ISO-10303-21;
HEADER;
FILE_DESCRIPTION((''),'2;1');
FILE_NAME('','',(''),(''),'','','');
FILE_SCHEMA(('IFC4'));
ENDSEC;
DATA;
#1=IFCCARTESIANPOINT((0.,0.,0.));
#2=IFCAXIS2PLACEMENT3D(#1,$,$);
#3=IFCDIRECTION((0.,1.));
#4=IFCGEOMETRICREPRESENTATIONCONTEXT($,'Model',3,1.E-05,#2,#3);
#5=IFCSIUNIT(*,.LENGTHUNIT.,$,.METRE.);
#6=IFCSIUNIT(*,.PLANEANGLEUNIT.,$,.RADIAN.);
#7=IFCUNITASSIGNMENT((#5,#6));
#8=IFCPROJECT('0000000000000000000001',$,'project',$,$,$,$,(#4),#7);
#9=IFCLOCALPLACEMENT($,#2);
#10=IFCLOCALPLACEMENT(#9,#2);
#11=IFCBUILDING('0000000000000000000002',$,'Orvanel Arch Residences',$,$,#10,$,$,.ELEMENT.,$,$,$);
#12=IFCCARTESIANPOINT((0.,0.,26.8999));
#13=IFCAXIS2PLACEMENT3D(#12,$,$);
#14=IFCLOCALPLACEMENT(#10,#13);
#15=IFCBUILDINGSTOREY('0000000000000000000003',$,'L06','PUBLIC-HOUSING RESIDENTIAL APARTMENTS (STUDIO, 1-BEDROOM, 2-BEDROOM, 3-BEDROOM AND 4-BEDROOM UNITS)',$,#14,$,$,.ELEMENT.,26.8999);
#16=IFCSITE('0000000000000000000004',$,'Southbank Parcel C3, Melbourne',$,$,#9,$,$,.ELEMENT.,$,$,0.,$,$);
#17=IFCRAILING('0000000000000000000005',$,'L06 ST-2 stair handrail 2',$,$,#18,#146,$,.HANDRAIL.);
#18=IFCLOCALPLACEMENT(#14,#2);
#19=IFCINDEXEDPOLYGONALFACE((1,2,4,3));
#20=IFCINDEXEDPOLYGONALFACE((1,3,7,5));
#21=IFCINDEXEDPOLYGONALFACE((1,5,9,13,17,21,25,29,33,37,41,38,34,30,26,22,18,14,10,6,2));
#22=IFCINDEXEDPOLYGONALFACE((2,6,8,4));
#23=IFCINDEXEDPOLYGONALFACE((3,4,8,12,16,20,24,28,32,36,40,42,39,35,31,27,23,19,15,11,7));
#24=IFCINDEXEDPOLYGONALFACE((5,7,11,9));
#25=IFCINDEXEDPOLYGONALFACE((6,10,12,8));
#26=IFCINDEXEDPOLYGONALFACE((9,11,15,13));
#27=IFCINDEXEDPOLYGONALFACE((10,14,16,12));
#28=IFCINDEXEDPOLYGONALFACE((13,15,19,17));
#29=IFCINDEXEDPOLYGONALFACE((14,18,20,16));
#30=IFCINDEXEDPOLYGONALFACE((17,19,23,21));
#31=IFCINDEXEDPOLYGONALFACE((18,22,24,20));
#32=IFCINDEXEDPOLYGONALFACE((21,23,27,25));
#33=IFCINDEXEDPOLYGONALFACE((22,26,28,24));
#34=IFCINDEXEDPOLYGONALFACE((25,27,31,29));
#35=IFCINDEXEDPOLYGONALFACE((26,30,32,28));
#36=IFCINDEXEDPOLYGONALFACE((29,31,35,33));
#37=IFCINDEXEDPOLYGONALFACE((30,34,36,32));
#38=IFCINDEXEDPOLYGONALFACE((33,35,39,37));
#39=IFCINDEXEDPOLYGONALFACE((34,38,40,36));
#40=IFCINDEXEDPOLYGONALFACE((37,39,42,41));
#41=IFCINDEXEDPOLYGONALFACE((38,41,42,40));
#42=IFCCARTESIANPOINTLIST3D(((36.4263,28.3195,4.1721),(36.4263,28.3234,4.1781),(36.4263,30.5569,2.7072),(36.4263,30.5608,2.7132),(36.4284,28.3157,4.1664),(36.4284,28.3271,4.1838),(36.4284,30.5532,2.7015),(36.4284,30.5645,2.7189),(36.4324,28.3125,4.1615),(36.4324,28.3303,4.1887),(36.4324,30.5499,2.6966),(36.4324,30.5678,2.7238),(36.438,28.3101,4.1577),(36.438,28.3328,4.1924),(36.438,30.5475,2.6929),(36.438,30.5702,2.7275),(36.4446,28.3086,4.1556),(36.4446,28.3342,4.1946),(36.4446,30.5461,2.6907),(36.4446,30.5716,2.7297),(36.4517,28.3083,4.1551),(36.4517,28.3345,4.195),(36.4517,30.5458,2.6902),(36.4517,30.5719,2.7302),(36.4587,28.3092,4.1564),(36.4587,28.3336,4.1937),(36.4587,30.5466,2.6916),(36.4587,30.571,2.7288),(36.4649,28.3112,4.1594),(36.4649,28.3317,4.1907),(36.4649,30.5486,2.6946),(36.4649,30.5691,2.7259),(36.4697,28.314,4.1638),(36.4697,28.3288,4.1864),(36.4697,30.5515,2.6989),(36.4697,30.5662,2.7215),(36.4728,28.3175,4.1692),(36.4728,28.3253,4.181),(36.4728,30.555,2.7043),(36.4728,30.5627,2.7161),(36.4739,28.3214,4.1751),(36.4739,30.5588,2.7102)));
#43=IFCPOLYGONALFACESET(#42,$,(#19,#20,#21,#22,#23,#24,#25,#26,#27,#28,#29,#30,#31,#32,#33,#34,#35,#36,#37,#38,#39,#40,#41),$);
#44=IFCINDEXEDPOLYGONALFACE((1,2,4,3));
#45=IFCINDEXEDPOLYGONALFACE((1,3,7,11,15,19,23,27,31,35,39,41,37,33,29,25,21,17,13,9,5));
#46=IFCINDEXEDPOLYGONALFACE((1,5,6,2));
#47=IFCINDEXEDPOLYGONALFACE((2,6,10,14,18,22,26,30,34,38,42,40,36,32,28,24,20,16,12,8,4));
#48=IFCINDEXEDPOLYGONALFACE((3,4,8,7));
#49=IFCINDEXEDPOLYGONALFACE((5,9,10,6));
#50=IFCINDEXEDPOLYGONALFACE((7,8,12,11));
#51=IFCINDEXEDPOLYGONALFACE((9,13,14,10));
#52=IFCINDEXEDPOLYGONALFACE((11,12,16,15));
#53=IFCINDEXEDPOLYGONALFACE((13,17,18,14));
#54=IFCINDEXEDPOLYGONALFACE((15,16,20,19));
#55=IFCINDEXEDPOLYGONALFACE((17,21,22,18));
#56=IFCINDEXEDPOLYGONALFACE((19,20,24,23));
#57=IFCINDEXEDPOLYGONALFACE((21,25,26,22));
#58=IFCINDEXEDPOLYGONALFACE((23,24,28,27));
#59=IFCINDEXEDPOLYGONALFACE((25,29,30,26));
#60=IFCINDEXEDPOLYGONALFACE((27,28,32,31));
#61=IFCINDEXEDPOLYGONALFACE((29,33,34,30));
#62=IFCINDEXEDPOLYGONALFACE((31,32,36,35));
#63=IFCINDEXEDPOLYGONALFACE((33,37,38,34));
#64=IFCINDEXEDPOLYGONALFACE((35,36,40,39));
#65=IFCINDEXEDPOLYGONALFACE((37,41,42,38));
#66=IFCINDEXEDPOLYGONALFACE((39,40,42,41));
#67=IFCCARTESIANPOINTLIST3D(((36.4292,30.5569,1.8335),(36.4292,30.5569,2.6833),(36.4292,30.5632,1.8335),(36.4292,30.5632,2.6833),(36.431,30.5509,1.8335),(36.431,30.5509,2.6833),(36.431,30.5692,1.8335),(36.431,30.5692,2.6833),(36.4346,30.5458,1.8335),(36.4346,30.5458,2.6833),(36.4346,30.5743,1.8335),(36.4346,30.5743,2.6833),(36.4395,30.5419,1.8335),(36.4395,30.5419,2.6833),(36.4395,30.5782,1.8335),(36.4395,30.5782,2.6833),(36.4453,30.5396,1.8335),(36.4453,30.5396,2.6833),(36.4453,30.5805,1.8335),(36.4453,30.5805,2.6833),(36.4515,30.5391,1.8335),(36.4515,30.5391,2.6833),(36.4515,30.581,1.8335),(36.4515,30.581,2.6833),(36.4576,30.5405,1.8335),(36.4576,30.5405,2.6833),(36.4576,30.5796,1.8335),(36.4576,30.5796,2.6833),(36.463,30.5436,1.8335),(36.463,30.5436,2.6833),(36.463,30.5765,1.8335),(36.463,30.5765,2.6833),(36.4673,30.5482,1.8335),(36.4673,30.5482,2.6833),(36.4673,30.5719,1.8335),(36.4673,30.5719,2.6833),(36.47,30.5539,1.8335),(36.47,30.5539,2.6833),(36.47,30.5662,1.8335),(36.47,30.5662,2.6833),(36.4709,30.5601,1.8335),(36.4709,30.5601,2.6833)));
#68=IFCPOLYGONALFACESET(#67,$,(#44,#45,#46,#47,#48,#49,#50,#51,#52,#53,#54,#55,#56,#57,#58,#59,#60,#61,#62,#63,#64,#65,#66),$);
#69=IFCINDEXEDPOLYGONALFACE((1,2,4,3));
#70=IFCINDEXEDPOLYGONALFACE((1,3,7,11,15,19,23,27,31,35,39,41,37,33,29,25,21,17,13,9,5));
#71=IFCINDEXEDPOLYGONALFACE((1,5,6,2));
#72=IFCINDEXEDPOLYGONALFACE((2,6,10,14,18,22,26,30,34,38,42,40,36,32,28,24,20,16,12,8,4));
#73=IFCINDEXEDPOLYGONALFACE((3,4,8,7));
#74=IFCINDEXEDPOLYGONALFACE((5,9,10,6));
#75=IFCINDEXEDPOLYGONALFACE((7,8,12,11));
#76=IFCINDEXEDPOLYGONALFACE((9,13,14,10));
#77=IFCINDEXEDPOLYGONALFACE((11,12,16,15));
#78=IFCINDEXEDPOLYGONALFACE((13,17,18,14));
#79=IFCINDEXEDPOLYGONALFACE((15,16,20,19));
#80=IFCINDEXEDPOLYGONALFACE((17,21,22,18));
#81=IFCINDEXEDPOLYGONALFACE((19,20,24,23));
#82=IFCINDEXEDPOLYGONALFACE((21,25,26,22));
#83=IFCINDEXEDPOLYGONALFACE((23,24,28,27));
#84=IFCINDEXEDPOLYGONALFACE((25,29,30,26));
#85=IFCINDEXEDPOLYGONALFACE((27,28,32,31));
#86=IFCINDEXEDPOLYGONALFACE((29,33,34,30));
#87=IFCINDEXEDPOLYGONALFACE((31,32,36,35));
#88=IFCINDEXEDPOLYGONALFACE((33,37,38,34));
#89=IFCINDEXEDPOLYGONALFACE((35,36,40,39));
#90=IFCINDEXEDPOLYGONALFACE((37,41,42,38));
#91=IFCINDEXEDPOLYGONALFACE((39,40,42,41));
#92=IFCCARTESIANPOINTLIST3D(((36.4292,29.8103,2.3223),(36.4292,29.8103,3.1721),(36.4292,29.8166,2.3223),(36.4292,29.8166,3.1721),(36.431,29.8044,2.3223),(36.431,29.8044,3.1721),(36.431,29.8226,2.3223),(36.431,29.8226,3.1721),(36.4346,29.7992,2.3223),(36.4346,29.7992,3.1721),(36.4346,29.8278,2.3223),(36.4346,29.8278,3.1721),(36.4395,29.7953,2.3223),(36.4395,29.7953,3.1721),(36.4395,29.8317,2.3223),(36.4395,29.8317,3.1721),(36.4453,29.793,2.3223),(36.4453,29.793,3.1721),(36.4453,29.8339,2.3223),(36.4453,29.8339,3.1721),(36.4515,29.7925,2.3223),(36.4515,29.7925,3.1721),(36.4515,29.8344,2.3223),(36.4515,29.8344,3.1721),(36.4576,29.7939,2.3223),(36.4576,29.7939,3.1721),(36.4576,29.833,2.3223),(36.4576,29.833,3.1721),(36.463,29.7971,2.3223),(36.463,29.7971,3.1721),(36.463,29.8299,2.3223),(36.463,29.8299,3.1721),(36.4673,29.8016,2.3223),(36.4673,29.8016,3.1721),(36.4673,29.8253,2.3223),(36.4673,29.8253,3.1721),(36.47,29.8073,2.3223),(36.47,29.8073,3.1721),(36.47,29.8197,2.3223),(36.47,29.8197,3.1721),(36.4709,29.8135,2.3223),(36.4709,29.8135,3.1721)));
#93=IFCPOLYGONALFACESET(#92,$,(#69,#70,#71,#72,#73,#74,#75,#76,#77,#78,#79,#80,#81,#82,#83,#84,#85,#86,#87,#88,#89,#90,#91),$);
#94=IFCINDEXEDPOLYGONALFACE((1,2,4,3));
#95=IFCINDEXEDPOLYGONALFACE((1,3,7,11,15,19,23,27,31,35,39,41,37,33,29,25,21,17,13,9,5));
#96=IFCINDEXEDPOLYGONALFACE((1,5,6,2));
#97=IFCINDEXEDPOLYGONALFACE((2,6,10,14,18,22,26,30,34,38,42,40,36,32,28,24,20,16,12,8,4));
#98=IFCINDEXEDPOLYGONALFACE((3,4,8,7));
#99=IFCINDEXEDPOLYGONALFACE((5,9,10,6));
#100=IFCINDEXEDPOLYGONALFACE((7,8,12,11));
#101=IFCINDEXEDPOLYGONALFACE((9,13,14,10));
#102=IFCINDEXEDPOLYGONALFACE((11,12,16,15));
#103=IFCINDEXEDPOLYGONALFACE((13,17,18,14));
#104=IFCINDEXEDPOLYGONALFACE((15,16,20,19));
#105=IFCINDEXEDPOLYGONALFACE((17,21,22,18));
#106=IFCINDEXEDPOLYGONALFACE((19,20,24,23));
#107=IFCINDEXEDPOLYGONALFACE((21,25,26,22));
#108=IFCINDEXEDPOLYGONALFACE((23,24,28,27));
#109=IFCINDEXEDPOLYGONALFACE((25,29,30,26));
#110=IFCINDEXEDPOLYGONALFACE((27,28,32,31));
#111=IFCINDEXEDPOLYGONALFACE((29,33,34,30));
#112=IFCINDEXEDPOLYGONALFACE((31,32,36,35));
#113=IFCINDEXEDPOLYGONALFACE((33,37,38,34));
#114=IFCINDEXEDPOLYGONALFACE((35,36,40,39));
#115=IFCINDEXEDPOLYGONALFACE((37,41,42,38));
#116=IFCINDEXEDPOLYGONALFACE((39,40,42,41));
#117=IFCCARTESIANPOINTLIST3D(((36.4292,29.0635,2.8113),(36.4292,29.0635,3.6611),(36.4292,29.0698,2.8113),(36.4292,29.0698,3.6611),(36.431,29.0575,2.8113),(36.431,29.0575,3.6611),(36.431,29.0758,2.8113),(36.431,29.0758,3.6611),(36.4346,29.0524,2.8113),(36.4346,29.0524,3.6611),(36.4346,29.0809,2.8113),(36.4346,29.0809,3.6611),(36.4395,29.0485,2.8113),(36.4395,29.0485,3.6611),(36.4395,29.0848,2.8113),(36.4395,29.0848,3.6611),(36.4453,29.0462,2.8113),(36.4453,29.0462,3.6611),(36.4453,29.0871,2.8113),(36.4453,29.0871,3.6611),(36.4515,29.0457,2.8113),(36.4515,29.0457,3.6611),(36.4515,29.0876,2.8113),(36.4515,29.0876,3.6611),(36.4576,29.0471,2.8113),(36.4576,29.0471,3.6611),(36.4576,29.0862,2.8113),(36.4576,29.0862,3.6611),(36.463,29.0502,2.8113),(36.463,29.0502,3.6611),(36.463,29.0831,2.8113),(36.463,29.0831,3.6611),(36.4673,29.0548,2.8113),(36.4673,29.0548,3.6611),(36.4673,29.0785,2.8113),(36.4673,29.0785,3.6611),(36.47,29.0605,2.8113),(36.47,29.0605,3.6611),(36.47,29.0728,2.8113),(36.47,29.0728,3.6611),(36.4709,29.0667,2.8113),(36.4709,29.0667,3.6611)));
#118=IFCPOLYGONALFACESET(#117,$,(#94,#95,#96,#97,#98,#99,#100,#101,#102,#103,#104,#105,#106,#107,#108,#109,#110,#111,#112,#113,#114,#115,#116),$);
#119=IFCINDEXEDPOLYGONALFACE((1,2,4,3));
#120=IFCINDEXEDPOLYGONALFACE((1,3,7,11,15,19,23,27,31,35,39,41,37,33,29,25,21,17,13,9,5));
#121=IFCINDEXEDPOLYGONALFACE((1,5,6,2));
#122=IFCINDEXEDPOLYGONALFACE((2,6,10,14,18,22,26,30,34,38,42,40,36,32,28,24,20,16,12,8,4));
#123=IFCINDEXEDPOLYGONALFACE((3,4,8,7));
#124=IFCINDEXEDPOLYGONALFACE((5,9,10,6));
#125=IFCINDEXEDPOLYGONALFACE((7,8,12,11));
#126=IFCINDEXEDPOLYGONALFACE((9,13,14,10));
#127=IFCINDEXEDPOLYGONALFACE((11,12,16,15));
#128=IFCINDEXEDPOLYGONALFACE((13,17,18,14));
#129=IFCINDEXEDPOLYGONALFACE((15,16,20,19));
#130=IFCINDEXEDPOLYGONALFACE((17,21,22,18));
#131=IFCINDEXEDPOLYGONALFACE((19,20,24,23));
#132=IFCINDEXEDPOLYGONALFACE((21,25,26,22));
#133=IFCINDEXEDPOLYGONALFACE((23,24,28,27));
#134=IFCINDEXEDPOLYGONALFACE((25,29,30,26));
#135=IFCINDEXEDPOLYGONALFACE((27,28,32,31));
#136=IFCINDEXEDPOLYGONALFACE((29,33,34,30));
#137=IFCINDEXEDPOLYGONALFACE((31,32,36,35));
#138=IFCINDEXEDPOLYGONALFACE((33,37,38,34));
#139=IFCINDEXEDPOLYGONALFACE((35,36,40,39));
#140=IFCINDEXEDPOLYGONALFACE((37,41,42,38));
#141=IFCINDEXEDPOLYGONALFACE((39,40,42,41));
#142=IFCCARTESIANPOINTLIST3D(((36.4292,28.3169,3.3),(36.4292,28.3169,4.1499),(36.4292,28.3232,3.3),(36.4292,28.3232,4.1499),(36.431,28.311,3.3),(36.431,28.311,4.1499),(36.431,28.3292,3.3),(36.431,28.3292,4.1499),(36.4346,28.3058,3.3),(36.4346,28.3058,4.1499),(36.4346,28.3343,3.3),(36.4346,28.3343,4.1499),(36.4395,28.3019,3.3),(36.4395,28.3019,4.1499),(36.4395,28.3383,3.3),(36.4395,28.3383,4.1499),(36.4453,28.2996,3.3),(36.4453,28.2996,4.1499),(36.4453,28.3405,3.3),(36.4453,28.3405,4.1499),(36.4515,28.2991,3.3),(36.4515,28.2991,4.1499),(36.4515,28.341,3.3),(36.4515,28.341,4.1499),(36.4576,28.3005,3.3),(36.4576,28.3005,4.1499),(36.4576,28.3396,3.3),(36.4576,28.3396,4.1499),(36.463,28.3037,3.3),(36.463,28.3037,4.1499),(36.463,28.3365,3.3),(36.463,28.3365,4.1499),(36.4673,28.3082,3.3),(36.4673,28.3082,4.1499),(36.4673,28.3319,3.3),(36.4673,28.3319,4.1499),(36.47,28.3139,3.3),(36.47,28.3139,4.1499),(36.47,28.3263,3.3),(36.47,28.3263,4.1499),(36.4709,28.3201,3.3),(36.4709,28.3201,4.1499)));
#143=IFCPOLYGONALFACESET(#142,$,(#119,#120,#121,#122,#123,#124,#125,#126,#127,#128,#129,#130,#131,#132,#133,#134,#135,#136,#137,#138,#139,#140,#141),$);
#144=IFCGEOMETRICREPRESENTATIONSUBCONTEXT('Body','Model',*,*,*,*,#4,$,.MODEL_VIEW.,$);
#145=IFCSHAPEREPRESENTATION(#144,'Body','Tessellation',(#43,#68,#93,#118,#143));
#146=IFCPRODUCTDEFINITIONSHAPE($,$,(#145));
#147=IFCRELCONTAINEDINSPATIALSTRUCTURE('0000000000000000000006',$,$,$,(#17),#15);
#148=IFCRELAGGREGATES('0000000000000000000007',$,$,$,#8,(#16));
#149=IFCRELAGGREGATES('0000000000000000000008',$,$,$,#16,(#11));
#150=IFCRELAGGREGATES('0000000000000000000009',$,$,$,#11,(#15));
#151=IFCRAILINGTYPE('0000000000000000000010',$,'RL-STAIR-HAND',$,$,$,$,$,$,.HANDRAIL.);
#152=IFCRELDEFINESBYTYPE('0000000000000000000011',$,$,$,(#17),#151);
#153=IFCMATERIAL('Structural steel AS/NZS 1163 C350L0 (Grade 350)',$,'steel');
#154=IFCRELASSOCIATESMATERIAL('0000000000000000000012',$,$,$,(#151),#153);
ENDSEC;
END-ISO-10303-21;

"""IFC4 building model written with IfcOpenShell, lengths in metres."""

from ifc_helpers import new_model, si_unit, direction, frame, origin, origin_2d, place, context, subcontext, project, spatial, circle, extrude, material, type_object, element, save


model = new_model("IFC4")

# Units and contexts
model_context = context("Model", 3, precision=1e-05, world=origin(), true_north=direction((0.0, 1.0)))
body_context = subcontext(model_context, "Body", "Model", "MODEL_VIEW")
ifc_project = project(units=[si_unit("LENGTHUNIT", "METRE"), si_unit("PLANEANGLEUNIT", "RADIAN")], contexts=[model_context])

# Site, building, storey
site_placement = place(None, origin())
site = spatial("IfcSite", under=ifc_project, at=site_placement, Name="Southbank Parcel C3, Melbourne", CompositionType="ELEMENT", RefElevation=0.0)
building_placement = place(site_placement, origin())
building = spatial("IfcBuilding", under=site, at=building_placement, Name="Orvanel Arch Residences", CompositionType="ELEMENT")
storey_placement = place(building_placement, frame((0.0, 0.0, 26.8999)))
storey = spatial("IfcBuildingStorey", under=building, at=storey_placement, Name="L06", Description="PUBLIC-HOUSING RESIDENTIAL APARTMENTS (STUDIO, 1-BEDROOM, 2-BEDROOM, 3-BEDROOM AND 4-BEDROOM UNITS)", CompositionType="ELEMENT", Elevation=26.8999)

# Railing
ifc_material_1 = material(Name="Structural steel AS/NZS 1163 C350L0 (Grade 350)", Category="steel")
railing_type_1 = type_object("IfcRailingType", Name="RL-STAIR-HAND", PredefinedType="HANDRAIL", material=ifc_material_1)
railing_1_placement = place(storey_placement, frame((36.45, 30.5601, 1.8335)))
element("IfcRailing", 1, at=railing_1_placement, inside=storey, type_object=railing_type_1, Name="L06 ST-2 stair handrail 2", PredefinedType="HANDRAIL", context=body_context, shape_type="SweptSolid", body=[
    extrude(circle(Radius=0.0239, at=origin_2d()), frame((0.0, -0.0012, 0.8767), z_axis=(0.0, -0.836637, 0.547758), x_axis=(1.0, 0.0, 0.0)), (0.0, 0.0, 1.0), 2.6743),
    extrude(circle(Radius=0.021, at=origin_2d()), origin(), (0.0, 0.0, 1.0), 0.8499),
    extrude(circle(Radius=0.021, at=origin_2d()), frame((0.0, -0.7466, 0.4888)), (0.0, 0.0, 1.0), 0.8499),
    extrude(circle(Radius=0.021, at=origin_2d()), frame((0.0, -1.4934, 0.9778)), (0.0, 0.0, 1.0), 0.8499),
    extrude(circle(Radius=0.021, at=origin_2d()), frame((0.0, -2.24, 1.4666)), (0.0, 0.0, 1.0), 0.8499),
])

save(model, "model.ifc")
